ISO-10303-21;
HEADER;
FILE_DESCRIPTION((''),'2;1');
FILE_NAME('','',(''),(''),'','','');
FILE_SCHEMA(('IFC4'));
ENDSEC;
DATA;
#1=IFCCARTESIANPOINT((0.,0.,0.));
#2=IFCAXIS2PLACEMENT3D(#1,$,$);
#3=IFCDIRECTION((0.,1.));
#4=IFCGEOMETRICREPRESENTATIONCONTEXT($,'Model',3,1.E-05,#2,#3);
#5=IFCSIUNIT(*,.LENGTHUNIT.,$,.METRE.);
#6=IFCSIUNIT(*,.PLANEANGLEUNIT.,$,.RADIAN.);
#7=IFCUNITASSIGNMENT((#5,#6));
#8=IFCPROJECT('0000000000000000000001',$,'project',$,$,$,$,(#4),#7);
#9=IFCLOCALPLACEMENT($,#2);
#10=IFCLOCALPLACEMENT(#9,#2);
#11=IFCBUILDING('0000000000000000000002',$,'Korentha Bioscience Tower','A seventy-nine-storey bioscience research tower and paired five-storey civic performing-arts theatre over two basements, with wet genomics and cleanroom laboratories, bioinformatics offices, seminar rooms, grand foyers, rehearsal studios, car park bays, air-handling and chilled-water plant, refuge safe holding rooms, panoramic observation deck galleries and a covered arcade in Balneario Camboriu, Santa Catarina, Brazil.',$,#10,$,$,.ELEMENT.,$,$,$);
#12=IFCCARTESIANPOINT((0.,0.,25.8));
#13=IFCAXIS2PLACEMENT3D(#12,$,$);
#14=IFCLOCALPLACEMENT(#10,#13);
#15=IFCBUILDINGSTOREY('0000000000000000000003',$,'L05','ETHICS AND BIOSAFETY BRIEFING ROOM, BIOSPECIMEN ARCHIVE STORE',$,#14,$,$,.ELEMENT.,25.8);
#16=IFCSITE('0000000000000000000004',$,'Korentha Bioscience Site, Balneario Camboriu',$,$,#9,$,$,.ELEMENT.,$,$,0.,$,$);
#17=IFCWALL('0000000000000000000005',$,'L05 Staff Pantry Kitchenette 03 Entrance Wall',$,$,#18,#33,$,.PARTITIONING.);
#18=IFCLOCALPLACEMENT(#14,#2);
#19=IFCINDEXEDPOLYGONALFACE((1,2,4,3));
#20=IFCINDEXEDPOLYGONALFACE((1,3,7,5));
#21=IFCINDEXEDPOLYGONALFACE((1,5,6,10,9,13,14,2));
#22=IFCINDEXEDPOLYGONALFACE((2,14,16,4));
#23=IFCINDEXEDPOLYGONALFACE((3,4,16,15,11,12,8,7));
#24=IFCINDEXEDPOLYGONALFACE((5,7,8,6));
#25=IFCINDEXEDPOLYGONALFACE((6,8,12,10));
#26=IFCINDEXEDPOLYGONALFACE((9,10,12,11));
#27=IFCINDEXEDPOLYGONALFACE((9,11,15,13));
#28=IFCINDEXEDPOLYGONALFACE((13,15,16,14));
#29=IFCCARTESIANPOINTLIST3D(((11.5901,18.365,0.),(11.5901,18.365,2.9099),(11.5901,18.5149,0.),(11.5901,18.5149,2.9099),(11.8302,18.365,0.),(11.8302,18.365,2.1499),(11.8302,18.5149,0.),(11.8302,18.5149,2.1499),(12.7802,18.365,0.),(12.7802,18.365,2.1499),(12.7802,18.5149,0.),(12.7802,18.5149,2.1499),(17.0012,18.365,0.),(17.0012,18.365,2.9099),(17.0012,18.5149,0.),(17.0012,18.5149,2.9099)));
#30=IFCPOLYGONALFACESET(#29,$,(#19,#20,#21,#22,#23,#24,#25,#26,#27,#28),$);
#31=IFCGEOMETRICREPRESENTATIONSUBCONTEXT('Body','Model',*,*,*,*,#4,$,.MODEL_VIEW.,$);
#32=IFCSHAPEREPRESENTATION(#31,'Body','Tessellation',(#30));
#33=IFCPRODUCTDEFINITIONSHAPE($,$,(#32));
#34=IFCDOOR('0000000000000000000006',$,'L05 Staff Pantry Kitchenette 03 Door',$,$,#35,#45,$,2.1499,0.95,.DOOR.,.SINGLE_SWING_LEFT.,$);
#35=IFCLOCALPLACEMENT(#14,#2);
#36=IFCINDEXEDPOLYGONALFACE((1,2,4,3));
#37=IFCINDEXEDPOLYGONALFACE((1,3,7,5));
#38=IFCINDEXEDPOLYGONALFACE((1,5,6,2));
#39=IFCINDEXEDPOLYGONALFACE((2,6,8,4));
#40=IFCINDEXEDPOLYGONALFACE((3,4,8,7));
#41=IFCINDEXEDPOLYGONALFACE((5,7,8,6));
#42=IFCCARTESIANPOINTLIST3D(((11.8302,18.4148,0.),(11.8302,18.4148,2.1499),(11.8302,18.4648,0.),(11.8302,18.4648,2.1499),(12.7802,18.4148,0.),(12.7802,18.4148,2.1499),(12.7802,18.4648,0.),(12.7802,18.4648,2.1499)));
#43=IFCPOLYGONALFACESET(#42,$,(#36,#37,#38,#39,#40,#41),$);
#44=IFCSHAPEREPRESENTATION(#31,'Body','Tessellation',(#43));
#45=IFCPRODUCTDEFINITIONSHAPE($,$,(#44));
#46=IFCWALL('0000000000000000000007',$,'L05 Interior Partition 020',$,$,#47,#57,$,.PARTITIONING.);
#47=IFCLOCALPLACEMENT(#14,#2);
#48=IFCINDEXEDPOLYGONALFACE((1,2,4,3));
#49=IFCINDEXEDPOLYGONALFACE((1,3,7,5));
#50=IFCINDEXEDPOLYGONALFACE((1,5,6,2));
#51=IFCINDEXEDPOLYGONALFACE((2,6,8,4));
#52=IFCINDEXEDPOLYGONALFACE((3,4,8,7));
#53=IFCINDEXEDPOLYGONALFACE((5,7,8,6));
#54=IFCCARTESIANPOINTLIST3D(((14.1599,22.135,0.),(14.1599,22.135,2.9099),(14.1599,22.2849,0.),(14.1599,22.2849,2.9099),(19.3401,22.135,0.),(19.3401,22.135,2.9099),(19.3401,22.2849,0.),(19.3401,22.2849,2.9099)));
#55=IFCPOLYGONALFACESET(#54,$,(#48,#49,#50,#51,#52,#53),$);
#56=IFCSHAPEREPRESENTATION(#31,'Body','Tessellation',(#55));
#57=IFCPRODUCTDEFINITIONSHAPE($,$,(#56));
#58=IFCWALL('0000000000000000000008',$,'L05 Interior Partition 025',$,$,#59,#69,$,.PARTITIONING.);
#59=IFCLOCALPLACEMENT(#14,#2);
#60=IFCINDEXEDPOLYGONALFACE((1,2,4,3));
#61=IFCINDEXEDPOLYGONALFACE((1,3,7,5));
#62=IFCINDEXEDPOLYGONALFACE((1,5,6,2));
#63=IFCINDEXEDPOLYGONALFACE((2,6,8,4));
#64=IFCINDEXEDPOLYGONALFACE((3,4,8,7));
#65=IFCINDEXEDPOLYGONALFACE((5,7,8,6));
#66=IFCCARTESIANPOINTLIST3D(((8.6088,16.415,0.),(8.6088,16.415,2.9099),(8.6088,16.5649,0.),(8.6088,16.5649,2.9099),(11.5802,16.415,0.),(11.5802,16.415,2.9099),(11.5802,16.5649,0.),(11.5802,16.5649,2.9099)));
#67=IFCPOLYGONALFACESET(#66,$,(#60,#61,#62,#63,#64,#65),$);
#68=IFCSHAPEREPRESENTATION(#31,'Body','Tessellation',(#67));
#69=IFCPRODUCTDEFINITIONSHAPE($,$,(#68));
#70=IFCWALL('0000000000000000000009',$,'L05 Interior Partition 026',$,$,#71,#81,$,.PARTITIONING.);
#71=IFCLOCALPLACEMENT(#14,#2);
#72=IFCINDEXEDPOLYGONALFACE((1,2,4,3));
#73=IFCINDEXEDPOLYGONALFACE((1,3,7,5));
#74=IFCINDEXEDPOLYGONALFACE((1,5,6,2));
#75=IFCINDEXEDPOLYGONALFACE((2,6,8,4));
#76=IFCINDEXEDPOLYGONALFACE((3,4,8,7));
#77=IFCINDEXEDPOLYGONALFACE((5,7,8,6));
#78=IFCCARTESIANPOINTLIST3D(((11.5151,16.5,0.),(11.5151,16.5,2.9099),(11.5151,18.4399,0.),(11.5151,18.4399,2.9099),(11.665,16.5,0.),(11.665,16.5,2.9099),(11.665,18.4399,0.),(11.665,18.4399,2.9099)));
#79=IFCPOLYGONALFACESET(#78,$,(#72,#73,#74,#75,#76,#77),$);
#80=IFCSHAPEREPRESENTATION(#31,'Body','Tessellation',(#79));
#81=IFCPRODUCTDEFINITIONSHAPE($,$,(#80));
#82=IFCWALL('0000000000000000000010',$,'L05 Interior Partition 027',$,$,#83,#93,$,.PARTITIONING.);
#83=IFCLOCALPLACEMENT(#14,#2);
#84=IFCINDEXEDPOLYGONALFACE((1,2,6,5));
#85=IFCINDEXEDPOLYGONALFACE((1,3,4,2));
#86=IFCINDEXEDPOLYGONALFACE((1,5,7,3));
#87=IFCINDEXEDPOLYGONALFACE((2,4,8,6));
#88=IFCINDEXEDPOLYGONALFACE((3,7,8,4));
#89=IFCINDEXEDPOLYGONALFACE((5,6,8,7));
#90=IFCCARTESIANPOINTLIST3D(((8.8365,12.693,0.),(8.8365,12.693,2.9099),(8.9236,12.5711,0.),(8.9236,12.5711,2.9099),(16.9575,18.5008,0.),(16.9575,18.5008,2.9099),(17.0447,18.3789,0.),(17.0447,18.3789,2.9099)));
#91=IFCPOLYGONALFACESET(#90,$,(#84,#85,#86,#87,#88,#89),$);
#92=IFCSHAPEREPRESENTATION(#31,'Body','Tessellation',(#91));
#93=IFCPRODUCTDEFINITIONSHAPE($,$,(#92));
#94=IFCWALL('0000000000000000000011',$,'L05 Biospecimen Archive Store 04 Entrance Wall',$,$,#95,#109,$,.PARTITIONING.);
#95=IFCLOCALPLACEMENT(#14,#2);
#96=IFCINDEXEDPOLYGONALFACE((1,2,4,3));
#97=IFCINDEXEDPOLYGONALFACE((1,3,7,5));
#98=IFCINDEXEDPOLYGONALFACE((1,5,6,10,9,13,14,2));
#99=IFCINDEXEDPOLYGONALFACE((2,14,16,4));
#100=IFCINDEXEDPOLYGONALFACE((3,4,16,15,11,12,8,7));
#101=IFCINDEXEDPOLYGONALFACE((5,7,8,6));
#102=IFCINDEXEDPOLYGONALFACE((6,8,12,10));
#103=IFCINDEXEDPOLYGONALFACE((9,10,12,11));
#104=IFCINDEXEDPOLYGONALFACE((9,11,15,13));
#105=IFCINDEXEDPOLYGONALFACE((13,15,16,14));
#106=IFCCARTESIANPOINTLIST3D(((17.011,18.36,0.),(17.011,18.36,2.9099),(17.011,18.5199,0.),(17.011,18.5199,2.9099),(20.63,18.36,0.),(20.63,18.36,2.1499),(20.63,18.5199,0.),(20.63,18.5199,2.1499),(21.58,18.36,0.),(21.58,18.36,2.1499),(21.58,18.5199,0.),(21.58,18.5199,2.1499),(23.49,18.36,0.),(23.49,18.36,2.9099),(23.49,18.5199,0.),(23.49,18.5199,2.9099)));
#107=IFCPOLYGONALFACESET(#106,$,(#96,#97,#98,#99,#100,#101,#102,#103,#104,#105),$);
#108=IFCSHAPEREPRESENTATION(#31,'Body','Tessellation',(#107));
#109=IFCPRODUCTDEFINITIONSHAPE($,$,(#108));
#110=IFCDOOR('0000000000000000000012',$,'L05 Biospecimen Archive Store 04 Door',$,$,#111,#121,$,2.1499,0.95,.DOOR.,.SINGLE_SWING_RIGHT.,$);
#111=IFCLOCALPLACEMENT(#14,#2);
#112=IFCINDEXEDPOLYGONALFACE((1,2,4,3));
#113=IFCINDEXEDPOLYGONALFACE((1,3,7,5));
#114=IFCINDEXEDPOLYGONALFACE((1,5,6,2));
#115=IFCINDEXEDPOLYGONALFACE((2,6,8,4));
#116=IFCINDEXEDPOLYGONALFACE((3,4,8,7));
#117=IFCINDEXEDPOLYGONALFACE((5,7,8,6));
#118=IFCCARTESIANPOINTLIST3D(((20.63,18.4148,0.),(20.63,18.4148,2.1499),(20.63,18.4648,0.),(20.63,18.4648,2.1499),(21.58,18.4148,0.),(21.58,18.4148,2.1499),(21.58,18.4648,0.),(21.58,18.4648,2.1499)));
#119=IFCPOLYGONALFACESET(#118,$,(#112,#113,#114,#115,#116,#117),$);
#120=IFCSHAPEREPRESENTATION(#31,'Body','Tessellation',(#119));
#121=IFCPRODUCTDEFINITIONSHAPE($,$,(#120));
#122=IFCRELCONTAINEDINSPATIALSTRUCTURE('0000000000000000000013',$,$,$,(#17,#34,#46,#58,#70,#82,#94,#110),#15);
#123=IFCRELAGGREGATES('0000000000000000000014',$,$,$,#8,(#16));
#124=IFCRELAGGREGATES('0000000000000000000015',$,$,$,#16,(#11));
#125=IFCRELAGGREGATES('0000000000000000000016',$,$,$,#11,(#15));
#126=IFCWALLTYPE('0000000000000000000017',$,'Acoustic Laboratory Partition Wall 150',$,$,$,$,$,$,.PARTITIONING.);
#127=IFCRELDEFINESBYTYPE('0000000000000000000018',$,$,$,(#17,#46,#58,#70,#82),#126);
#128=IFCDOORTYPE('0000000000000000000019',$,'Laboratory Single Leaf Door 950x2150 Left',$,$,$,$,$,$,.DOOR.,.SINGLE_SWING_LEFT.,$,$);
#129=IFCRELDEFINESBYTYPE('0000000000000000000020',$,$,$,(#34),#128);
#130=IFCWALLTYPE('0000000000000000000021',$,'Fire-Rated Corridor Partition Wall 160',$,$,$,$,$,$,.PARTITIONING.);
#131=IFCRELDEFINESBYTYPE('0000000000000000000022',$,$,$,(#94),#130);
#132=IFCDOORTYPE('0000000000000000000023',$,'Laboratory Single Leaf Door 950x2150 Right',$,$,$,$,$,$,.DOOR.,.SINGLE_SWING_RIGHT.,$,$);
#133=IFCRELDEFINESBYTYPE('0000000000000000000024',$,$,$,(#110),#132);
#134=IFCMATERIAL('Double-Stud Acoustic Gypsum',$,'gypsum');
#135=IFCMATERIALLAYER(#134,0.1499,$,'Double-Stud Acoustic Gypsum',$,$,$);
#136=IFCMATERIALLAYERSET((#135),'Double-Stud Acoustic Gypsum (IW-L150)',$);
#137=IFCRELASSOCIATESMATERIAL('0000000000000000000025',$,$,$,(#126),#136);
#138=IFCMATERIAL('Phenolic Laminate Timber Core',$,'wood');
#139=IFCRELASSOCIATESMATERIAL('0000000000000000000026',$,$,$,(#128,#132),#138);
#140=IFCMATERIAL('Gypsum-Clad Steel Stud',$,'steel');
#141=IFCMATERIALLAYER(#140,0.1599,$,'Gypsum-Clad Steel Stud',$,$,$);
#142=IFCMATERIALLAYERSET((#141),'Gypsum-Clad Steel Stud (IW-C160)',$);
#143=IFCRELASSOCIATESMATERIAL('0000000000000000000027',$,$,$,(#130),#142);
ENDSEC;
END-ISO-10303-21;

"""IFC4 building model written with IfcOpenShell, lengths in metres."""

from ifc_helpers import new_model, si_unit, direction, frame, frame_2d, origin, place, context, subcontext, project, spatial, rectangle, extrude, material, layer, layer_set, type_object, element, fill, save


model = new_model("IFC4")

# Units and contexts
model_context = context("Model", 3, precision=1e-05, world=origin(), true_north=direction((0.0, 1.0)))
body_context = subcontext(model_context, "Body", "Model", "MODEL_VIEW")
ifc_project = project(units=[si_unit("LENGTHUNIT", "METRE"), si_unit("PLANEANGLEUNIT", "RADIAN")], contexts=[model_context])

# Site, building, storey
site_placement = place(None, origin())
site = spatial("IfcSite", under=ifc_project, at=site_placement, Name="Korentha Bioscience Site, Balneario Camboriu", CompositionType="ELEMENT", RefElevation=0.0)
building_placement = place(site_placement, origin())
building = spatial("IfcBuilding", under=site, at=building_placement, Name="Korentha Bioscience Tower", Description="A seventy-nine-storey bioscience research tower and paired five-storey civic performing-arts theatre over two basements, with wet genomics and cleanroom laboratories, bioinformatics offices, seminar rooms, grand foyers, rehearsal studios, car park bays, air-handling and chilled-water plant, refuge safe holding rooms, panoramic observation deck galleries and a covered arcade in Balneario Camboriu, Santa Catarina, Brazil.", CompositionType="ELEMENT")
storey_placement = place(building_placement, frame((0.0, 0.0, 25.8)))
storey = spatial("IfcBuildingStorey", under=building, at=storey_placement, Name="L05", Description="ETHICS AND BIOSAFETY BRIEFING ROOM, BIOSPECIMEN ARCHIVE STORE", CompositionType="ELEMENT", Elevation=25.8)

# Wall, opening, door
ifc_material_1 = material(Name="Double-Stud Acoustic Gypsum", Category="gypsum")
ifc_layer_1 = layer(ifc_material_1, 0.1499, Name="Double-Stud Acoustic Gypsum")
ifc_layer_set_1 = layer_set([ifc_layer_1], Name="Double-Stud Acoustic Gypsum (IW-L150)")
wall_type_1 = type_object("IfcWallType", Name="Acoustic Laboratory Partition Wall 150", PredefinedType="PARTITIONING", material=ifc_layer_set_1)
wall_1_placement = place(storey_placement, frame((11.5901, 18.4399, 0.0), z_axis=(0.0, 0.0, 1.0), x_axis=(1.0, 0.0, 0.0)))
wall_1 = element("IfcWall", 1, at=wall_1_placement, inside=storey, type_object=wall_type_1, Name="L05 Staff Pantry Kitchenette 03 Entrance Wall", PredefinedType="PARTITIONING", context=body_context, shape_type="SweptSolid", body=[
    extrude(rectangle(XDim=5.4111, YDim=0.1499, at=frame_2d((2.7056, 0.0))), origin(), (0.0, 0.0, 1.0), 2.9099),
])
opening_1_placement = place(wall_1_placement, frame((0.24, 0.0, 0.0)))
opening_1 = element("IfcOpeningElement", 2, at=opening_1_placement, cuts=wall_1, PredefinedType="OPENING", context=body_context, shape_type="SweptSolid", body=[
    extrude(rectangle(XDim=0.95, YDim=2.1499, at=frame_2d((0.4751, 1.075))), frame((0.0, 0.0898, 0.0), z_axis=(0.0, -1.0, 0.0), x_axis=(1.0, 0.0, 0.0)), (0.0, 0.0, 1.0), 0.1797),
])
ifc_material_2 = material(Name="Phenolic Laminate Timber Core", Category="wood")
door_type_1 = type_object("IfcDoorType", Name="Laboratory Single Leaf Door 950x2150 Left", OperationType="SINGLE_SWING_LEFT", PredefinedType="DOOR", material=ifc_material_2)
door_1_placement = place(opening_1_placement, origin())
door_1 = element("IfcDoor", 3, at=door_1_placement, inside=storey, type_object=door_type_1, Name="L05 Staff Pantry Kitchenette 03 Door", OperationType="SINGLE_SWING_LEFT", OverallHeight=2.1499, OverallWidth=0.95, PredefinedType="DOOR", context=body_context, shape_type="SweptSolid", body=[
    extrude(rectangle(XDim=0.95, YDim=2.1499, at=frame_2d((0.4751, 1.075))), frame((0.0, 0.0249, 0.0), z_axis=(0.0, -1.0, 0.0), x_axis=(1.0, 0.0, 0.0)), (0.0, 0.0, 1.0), 0.05),
])
fill(opening_1, door_1)

# Walls
wall_2_placement = place(storey_placement, frame((19.3401, 22.21, 0.0), z_axis=(0.0, 0.0, 1.0), x_axis=(-1.0, 0.0, 0.0)))
element("IfcWall", 4, at=wall_2_placement, inside=storey, type_object=wall_type_1, Name="L05 Interior Partition 020", PredefinedType="PARTITIONING", context=body_context, shape_type="SweptSolid", body=[
    extrude(rectangle(XDim=5.1802, YDim=0.1499, at=frame_2d((2.5901, 0.0))), origin(), (0.0, 0.0, 1.0), 2.9099),
])
wall_3_placement = place(storey_placement, frame((8.6086, 16.49, 0.0), z_axis=(0.0, 0.0, 1.0), x_axis=(1.0, 0.0, 0.0)))
element("IfcWall", 5, at=wall_3_placement, inside=storey, type_object=wall_type_1, Name="L05 Interior Partition 025", PredefinedType="PARTITIONING", context=body_context, shape_type="SweptSolid", body=[
    extrude(rectangle(XDim=2.9714, YDim=0.1499, at=frame_2d((1.4858, 0.0))), origin(), (0.0, 0.0, 1.0), 2.9099),
])
wall_4_placement = place(storey_placement, frame((11.5901, 16.5, 0.0), z_axis=(0.0, 0.0, 1.0), x_axis=(0.0, 1.0, 0.0)))
element("IfcWall", 6, at=wall_4_placement, inside=storey, type_object=wall_type_1, Name="L05 Interior Partition 026", PredefinedType="PARTITIONING", context=body_context, shape_type="SweptSolid", body=[
    extrude(rectangle(XDim=1.9399, YDim=0.1499, at=frame_2d((0.97, 0.0))), origin(), (0.0, 0.0, 1.0), 2.9099),
])
wall_5_placement = place(storey_placement, frame((17.0012, 18.4399, 0.0), z_axis=(0.0, 0.0, 1.0), x_axis=(-0.813398, -0.581708, 0.0)))
element("IfcWall", 7, at=wall_5_placement, inside=storey, type_object=wall_type_1, Name="L05 Interior Partition 027", PredefinedType="PARTITIONING", context=body_context, shape_type="SweptSolid", body=[
    extrude(rectangle(XDim=9.9841, YDim=0.1499, at=frame_2d((4.9922, 0.0))), origin(), (0.0, 0.0, 1.0), 2.9099),
])

# Wall, opening, door
ifc_material_3 = material(Name="Gypsum-Clad Steel Stud", Category="steel")
ifc_layer_2 = layer(ifc_material_3, 0.1599, Name="Gypsum-Clad Steel Stud")
ifc_layer_set_2 = layer_set([ifc_layer_2], Name="Gypsum-Clad Steel Stud (IW-C160)")
wall_type_2 = type_object("IfcWallType", Name="Fire-Rated Corridor Partition Wall 160", PredefinedType="PARTITIONING", material=ifc_layer_set_2)
wall_6_placement = place(storey_placement, frame((17.011, 18.4399, 0.0), z_axis=(0.0, 0.0, 1.0), x_axis=(1.0, 0.0, 0.0)))
wall_6 = element("IfcWall", 8, at=wall_6_placement, inside=storey, type_object=wall_type_2, Name="L05 Biospecimen Archive Store 04 Entrance Wall", PredefinedType="PARTITIONING", context=body_context, shape_type="SweptSolid", body=[
    extrude(rectangle(XDim=6.479, YDim=0.1599, at=frame_2d((3.2395, 0.0))), origin(), (0.0, 0.0, 1.0), 2.9099),
])
opening_2_placement = place(wall_6_placement, frame((3.6189, 0.0, 0.0)))
opening_2 = element("IfcOpeningElement", 9, at=opening_2_placement, cuts=wall_6, PredefinedType="OPENING", context=body_context, shape_type="SweptSolid", body=[
    extrude(rectangle(XDim=0.95, YDim=2.1499, at=frame_2d((0.4751, 1.075))), frame((0.0, 0.0947, 0.0), z_axis=(0.0, -1.0, 0.0), x_axis=(1.0, 0.0, 0.0)), (0.0, 0.0, 1.0), 0.1897),
])
door_type_2 = type_object("IfcDoorType", Name="Laboratory Single Leaf Door 950x2150 Right", OperationType="SINGLE_SWING_RIGHT", PredefinedType="DOOR", material=ifc_material_2)
door_2_placement = place(opening_2_placement, origin())
door_2 = element("IfcDoor", 10, at=door_2_placement, inside=storey, type_object=door_type_2, Name="L05 Biospecimen Archive Store 04 Door", OperationType="SINGLE_SWING_RIGHT", OverallHeight=2.1499, OverallWidth=0.95, PredefinedType="DOOR", context=body_context, shape_type="SweptSolid", body=[
    extrude(rectangle(XDim=0.95, YDim=2.1499, at=frame_2d((0.4751, 1.075))), frame((0.0, 0.0249, 0.0), z_axis=(0.0, -1.0, 0.0), x_axis=(1.0, 0.0, 0.0)), (0.0, 0.0, 1.0), 0.05),
])
fill(opening_2, door_2)

save(model, "model.ifc")
